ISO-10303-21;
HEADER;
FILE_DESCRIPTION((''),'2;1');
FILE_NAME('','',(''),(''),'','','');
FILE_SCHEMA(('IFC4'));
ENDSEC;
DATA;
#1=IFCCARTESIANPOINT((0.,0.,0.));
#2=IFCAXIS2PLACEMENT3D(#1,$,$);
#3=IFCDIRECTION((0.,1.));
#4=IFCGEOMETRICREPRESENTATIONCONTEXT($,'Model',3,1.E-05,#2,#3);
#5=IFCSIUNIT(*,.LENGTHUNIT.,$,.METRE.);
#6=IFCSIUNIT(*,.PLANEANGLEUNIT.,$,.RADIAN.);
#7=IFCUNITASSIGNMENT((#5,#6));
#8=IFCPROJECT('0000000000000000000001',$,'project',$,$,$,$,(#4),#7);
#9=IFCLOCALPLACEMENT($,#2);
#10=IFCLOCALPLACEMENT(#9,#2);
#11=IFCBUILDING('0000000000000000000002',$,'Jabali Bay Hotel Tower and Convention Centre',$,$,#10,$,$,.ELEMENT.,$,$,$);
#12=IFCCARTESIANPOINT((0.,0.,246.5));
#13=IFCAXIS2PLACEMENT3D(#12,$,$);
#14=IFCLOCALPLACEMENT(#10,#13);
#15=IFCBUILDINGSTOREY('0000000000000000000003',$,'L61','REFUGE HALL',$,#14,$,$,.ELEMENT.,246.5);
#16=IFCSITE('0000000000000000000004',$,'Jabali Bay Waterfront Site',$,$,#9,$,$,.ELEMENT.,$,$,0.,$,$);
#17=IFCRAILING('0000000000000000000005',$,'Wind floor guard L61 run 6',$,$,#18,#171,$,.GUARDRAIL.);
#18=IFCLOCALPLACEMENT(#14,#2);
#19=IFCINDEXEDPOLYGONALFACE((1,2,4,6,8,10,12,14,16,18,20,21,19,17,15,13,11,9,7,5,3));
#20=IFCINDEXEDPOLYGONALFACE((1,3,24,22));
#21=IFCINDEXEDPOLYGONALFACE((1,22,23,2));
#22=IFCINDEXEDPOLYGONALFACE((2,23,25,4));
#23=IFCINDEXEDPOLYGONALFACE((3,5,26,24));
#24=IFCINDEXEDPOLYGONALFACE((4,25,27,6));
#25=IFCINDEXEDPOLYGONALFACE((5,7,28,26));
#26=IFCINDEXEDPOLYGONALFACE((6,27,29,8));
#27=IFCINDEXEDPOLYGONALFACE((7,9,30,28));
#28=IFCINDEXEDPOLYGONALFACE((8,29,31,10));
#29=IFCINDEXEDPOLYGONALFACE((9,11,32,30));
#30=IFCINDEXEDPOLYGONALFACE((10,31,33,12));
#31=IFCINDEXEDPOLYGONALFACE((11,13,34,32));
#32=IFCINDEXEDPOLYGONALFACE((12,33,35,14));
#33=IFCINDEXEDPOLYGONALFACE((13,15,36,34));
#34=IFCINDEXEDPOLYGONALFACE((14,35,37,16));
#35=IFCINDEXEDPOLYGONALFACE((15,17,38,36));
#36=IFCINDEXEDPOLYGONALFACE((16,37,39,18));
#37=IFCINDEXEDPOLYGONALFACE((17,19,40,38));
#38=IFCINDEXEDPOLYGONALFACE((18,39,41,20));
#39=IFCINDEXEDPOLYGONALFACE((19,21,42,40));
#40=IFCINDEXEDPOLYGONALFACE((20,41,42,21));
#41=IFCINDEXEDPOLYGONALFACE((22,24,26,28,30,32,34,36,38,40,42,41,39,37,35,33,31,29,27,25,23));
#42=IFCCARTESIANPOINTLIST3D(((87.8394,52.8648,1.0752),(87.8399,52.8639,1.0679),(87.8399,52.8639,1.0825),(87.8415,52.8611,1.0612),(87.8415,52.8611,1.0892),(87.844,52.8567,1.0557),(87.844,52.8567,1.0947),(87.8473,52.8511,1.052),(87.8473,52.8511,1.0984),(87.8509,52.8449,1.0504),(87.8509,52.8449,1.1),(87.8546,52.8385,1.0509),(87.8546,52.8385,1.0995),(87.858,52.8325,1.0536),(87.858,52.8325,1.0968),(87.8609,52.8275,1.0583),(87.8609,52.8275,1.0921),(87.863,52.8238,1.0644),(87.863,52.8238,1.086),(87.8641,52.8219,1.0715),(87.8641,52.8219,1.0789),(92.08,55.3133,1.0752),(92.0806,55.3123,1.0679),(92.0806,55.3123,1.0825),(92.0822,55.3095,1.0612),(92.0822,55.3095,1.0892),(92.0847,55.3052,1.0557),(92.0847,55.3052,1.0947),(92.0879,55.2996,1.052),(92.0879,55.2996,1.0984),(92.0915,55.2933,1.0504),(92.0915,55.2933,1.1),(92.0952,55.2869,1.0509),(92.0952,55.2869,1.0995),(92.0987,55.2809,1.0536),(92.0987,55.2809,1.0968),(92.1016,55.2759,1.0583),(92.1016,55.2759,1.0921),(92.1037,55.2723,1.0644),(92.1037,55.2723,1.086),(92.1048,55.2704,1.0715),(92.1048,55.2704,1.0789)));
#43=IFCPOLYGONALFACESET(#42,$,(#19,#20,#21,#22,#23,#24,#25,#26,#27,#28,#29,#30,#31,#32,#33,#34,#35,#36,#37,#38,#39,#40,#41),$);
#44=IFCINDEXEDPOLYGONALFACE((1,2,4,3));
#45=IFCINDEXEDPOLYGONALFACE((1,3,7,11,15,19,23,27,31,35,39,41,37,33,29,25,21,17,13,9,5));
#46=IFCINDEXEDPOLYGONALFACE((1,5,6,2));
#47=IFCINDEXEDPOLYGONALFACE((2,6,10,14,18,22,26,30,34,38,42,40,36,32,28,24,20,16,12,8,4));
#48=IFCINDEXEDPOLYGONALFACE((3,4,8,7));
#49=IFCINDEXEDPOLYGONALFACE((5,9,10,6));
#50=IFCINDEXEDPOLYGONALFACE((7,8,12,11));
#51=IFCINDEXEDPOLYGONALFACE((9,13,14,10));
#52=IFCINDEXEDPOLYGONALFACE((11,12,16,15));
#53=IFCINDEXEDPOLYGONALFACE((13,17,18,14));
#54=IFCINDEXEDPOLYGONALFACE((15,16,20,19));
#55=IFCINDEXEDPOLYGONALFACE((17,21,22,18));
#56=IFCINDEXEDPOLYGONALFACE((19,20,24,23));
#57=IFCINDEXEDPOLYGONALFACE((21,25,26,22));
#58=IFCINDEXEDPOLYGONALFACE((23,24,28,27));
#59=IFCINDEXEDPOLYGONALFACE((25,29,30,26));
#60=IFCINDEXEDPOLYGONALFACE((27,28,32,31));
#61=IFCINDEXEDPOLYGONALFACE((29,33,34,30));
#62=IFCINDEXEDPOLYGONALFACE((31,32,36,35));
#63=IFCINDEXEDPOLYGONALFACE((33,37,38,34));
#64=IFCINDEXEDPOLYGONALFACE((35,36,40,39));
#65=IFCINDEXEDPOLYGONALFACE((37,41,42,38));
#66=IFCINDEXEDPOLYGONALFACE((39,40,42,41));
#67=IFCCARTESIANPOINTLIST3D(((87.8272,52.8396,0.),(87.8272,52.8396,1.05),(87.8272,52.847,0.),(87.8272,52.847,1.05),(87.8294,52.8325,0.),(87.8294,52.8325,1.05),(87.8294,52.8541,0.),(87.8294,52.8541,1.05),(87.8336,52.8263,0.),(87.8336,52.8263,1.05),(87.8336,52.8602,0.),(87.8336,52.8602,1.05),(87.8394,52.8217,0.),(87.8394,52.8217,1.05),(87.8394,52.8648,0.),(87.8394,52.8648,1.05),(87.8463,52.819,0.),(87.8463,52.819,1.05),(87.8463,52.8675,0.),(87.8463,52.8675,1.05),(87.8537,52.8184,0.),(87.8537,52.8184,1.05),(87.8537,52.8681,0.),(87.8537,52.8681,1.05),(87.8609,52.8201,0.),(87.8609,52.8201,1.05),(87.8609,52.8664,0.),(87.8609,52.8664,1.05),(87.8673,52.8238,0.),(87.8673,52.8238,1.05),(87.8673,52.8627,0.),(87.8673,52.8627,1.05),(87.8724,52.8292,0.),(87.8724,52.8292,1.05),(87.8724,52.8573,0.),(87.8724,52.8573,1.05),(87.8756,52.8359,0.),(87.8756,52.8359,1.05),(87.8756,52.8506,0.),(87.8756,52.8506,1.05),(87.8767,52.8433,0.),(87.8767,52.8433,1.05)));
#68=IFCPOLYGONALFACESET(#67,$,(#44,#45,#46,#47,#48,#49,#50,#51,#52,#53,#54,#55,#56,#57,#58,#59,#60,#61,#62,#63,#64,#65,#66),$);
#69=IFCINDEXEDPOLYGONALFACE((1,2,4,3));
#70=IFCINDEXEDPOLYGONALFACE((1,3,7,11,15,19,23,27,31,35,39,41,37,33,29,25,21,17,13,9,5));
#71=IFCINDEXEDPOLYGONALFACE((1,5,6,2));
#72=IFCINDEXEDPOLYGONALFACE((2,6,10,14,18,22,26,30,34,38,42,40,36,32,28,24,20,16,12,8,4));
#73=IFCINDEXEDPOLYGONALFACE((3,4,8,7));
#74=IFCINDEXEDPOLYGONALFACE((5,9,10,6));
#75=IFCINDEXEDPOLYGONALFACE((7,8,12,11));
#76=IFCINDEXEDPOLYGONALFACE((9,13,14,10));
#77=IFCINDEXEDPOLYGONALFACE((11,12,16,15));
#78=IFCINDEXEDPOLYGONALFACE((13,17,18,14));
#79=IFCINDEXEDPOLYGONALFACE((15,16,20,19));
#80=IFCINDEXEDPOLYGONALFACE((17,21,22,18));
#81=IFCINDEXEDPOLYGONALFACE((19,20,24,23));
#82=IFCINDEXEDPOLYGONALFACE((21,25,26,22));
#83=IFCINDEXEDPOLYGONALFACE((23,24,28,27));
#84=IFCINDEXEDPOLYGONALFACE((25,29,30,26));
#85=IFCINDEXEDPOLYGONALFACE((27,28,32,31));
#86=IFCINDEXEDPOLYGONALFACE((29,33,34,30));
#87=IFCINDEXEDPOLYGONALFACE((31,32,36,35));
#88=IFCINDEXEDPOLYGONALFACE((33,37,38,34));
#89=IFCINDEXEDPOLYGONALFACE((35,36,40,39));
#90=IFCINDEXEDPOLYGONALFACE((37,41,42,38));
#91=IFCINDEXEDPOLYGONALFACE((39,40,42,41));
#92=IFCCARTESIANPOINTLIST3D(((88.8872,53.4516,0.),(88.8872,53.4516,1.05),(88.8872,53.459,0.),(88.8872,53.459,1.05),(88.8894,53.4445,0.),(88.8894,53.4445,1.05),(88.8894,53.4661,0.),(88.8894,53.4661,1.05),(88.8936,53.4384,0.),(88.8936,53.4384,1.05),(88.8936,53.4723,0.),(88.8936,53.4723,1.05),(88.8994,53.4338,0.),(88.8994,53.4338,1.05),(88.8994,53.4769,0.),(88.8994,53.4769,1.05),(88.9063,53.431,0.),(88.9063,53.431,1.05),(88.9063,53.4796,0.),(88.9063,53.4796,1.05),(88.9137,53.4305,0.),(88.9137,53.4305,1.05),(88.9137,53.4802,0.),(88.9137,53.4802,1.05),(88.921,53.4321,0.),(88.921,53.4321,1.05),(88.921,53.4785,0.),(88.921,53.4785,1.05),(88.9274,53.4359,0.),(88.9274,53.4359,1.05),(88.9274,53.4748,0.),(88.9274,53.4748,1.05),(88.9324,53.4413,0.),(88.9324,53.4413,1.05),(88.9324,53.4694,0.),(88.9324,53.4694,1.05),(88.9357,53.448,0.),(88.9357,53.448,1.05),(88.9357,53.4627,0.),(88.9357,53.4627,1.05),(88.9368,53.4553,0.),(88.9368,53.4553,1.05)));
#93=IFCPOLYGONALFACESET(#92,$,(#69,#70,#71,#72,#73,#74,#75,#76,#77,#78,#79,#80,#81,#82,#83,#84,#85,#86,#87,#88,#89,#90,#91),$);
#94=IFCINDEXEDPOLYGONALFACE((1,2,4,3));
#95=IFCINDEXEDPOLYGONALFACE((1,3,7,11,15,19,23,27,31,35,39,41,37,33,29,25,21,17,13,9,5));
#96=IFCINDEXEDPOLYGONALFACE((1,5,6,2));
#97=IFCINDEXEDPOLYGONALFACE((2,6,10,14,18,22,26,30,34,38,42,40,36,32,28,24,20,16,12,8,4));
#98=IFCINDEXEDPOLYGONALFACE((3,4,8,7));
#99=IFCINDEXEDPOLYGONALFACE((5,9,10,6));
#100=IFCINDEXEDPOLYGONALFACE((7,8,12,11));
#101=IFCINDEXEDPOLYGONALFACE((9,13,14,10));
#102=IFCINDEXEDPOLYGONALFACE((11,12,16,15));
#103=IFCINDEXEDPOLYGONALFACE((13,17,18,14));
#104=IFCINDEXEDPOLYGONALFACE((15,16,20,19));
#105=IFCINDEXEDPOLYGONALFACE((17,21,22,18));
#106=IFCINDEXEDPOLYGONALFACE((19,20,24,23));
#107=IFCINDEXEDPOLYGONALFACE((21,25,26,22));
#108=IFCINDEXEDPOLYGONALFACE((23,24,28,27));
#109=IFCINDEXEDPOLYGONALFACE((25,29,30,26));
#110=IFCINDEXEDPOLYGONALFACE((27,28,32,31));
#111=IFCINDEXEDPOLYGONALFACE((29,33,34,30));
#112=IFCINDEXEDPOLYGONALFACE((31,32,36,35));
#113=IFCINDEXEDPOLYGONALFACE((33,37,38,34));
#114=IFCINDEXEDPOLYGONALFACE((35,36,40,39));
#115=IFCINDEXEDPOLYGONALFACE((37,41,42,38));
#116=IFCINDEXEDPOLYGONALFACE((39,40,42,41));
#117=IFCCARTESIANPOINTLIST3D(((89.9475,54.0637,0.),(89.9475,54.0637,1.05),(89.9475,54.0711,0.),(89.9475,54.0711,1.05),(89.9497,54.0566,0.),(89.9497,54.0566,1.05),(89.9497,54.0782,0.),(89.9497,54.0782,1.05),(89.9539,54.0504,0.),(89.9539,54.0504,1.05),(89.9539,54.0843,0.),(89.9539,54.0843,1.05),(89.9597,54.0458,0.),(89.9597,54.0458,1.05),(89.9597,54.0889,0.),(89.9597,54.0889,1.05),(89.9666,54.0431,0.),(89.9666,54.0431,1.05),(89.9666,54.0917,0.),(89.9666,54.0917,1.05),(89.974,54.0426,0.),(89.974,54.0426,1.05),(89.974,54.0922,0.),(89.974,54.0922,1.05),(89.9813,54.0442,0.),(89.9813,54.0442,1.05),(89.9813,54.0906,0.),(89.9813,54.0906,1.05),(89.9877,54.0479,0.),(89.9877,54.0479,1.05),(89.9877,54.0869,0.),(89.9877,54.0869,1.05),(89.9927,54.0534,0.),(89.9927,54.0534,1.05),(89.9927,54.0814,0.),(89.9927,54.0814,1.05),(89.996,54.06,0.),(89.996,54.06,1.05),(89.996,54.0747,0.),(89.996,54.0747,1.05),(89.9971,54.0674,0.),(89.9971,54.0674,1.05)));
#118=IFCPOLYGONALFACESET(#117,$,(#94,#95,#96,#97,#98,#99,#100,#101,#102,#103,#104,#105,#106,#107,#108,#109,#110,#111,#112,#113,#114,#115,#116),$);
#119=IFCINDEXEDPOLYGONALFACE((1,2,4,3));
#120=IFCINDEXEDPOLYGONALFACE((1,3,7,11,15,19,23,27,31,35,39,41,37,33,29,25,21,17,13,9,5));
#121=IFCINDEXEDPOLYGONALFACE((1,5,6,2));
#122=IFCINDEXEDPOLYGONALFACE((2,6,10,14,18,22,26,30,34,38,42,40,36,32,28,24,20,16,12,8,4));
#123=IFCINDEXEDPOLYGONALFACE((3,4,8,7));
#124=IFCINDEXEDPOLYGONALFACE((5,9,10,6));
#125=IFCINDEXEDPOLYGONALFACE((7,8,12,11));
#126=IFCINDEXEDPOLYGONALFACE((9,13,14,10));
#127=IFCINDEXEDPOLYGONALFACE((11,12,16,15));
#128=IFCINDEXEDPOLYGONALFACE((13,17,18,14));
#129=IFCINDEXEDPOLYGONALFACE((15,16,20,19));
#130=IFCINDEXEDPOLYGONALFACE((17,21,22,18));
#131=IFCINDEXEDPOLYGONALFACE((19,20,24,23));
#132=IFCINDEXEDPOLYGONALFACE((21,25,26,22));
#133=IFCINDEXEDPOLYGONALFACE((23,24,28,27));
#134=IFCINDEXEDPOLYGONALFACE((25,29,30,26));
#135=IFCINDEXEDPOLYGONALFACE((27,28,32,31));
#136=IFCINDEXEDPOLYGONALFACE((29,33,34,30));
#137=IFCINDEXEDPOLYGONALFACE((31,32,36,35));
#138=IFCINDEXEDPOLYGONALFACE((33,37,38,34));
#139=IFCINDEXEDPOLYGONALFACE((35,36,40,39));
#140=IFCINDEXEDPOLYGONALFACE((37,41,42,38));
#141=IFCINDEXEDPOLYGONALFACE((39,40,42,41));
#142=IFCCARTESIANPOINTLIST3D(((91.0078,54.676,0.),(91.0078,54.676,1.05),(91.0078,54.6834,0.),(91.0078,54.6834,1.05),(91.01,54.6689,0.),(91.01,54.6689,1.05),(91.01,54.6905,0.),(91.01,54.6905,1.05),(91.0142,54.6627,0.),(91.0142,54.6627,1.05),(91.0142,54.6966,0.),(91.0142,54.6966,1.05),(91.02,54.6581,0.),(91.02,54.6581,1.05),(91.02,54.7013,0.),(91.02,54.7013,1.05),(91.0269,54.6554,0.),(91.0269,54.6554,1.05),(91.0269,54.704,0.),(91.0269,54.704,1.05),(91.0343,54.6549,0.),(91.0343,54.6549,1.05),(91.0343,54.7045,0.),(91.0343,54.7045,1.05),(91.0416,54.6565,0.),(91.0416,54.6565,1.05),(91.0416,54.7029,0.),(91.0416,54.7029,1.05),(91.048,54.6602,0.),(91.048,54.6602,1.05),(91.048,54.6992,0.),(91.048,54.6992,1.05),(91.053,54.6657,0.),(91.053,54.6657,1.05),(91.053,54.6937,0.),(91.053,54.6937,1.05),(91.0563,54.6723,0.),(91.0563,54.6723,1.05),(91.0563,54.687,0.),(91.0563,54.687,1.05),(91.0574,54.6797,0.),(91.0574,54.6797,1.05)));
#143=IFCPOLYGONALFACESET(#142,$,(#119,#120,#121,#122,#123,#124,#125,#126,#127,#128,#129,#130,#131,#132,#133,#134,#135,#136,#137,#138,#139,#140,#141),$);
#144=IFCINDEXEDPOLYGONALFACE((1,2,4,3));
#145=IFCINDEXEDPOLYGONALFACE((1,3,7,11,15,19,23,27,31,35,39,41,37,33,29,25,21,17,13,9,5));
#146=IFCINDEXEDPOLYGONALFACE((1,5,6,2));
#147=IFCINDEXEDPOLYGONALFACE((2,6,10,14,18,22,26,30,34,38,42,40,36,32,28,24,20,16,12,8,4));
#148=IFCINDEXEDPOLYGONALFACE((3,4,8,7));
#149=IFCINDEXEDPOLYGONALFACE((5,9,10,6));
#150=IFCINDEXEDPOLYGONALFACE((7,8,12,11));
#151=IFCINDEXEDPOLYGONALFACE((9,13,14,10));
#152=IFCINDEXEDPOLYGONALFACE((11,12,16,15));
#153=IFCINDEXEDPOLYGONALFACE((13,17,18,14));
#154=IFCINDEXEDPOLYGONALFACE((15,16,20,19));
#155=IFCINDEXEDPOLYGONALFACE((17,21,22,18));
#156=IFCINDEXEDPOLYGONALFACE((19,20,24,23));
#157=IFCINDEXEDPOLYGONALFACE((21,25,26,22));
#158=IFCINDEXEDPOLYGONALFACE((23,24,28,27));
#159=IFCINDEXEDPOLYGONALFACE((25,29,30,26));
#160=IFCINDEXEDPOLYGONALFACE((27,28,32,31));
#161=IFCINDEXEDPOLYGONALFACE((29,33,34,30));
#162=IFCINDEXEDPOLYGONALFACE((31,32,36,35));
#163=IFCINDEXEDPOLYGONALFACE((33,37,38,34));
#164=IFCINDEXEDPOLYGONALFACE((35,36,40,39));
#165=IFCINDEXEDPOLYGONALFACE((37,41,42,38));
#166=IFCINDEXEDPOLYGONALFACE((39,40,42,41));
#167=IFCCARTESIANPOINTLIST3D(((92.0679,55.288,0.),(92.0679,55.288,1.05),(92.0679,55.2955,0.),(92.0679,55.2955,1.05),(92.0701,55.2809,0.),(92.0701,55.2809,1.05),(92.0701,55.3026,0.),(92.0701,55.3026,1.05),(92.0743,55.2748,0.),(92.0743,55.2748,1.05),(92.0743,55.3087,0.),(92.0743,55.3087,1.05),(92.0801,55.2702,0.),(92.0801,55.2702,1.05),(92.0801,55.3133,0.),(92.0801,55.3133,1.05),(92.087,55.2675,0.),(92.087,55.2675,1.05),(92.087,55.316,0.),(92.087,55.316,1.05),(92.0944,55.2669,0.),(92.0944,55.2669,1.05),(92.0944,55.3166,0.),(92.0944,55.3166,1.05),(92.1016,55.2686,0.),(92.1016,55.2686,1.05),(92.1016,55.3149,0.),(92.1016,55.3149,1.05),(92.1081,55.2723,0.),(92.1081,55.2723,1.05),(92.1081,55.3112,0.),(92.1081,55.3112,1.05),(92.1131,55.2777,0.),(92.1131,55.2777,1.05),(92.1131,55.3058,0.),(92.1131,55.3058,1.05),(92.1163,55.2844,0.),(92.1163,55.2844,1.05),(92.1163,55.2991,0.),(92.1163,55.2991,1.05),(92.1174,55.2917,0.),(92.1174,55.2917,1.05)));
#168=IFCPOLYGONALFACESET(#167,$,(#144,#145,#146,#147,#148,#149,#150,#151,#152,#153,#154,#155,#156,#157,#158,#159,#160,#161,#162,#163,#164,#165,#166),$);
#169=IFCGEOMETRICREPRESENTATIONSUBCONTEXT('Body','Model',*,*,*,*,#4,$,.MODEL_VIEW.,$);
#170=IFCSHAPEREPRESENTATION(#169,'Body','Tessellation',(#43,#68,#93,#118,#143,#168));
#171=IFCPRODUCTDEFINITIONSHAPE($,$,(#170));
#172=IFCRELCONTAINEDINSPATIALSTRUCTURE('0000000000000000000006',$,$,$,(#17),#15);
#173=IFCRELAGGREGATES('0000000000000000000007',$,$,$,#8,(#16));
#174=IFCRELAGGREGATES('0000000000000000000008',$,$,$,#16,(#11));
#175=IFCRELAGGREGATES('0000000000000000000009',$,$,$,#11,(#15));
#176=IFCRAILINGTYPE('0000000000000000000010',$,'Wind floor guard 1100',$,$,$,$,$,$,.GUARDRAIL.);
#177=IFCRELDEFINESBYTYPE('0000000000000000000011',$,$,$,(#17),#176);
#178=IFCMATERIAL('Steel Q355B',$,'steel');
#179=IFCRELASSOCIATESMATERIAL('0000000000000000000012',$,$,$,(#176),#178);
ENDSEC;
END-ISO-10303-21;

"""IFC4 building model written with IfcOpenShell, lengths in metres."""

from ifc_helpers import new_model, si_unit, direction, frame, origin, origin_2d, place, context, subcontext, project, spatial, circle, extrude, material, type_object, element, save


model = new_model("IFC4")

# Units and contexts
model_context = context("Model", 3, precision=1e-05, world=origin(), true_north=direction((0.0, 1.0)))
body_context = subcontext(model_context, "Body", "Model", "MODEL_VIEW")
ifc_project = project(units=[si_unit("LENGTHUNIT", "METRE"), si_unit("PLANEANGLEUNIT", "RADIAN")], contexts=[model_context])

# Site, building, storey
site_placement = place(None, origin())
site = spatial("IfcSite", under=ifc_project, at=site_placement, Name="Jabali Bay Waterfront Site", CompositionType="ELEMENT", RefElevation=0.0)
building_placement = place(site_placement, origin())
building = spatial("IfcBuilding", under=site, at=building_placement, Name="Jabali Bay Hotel Tower and Convention Centre", CompositionType="ELEMENT")
storey_placement = place(building_placement, frame((0.0, 0.0, 246.5)))
storey = spatial("IfcBuildingStorey", under=building, at=storey_placement, Name="L61", Description="REFUGE HALL", CompositionType="ELEMENT", Elevation=246.5)

# Railing
ifc_material_1 = material(Name="Steel Q355B", Category="steel")
railing_type = type_object("IfcRailingType", Name="Wind floor guard 1100", PredefinedType="GUARDRAIL", material=ifc_material_1)
railing_1_placement = place(storey_placement, frame((87.8518, 52.8433, 0.0)))
element("IfcRailing", 1, at=railing_1_placement, inside=storey, type_object=railing_type, Name="Wind floor guard L61 run 6", PredefinedType="GUARDRAIL", context=body_context, shape_type="SweptSolid", body=[
    extrude(circle(Radius=0.0249, at=origin_2d()), frame((0.0, 0.0, 1.0752), z_axis=(0.866016, 0.500016, 0.0), x_axis=(-0.500016, 0.866016, 0.0)), (0.0, 0.0, 1.0), 4.8967),
    extrude(circle(Radius=0.0249, at=origin_2d()), origin(), (0.0, 0.0, 1.0), 1.05),
    extrude(circle(Radius=0.0249, at=origin_2d()), frame((1.0601, 0.6121, 0.0)), (0.0, 0.0, 1.0), 1.05),
    extrude(circle(Radius=0.0249, at=origin_2d()), frame((2.1204, 1.2241, 0.0)), (0.0, 0.0, 1.0), 1.05),
    extrude(circle(Radius=0.0249, at=origin_2d()), frame((3.1807, 1.8364, 0.0)), (0.0, 0.0, 1.0), 1.05),
    extrude(circle(Radius=0.0249, at=origin_2d()), frame((4.2407, 2.4485, 0.0)), (0.0, 0.0, 1.0), 1.05),
])

save(model, "model.ifc")
